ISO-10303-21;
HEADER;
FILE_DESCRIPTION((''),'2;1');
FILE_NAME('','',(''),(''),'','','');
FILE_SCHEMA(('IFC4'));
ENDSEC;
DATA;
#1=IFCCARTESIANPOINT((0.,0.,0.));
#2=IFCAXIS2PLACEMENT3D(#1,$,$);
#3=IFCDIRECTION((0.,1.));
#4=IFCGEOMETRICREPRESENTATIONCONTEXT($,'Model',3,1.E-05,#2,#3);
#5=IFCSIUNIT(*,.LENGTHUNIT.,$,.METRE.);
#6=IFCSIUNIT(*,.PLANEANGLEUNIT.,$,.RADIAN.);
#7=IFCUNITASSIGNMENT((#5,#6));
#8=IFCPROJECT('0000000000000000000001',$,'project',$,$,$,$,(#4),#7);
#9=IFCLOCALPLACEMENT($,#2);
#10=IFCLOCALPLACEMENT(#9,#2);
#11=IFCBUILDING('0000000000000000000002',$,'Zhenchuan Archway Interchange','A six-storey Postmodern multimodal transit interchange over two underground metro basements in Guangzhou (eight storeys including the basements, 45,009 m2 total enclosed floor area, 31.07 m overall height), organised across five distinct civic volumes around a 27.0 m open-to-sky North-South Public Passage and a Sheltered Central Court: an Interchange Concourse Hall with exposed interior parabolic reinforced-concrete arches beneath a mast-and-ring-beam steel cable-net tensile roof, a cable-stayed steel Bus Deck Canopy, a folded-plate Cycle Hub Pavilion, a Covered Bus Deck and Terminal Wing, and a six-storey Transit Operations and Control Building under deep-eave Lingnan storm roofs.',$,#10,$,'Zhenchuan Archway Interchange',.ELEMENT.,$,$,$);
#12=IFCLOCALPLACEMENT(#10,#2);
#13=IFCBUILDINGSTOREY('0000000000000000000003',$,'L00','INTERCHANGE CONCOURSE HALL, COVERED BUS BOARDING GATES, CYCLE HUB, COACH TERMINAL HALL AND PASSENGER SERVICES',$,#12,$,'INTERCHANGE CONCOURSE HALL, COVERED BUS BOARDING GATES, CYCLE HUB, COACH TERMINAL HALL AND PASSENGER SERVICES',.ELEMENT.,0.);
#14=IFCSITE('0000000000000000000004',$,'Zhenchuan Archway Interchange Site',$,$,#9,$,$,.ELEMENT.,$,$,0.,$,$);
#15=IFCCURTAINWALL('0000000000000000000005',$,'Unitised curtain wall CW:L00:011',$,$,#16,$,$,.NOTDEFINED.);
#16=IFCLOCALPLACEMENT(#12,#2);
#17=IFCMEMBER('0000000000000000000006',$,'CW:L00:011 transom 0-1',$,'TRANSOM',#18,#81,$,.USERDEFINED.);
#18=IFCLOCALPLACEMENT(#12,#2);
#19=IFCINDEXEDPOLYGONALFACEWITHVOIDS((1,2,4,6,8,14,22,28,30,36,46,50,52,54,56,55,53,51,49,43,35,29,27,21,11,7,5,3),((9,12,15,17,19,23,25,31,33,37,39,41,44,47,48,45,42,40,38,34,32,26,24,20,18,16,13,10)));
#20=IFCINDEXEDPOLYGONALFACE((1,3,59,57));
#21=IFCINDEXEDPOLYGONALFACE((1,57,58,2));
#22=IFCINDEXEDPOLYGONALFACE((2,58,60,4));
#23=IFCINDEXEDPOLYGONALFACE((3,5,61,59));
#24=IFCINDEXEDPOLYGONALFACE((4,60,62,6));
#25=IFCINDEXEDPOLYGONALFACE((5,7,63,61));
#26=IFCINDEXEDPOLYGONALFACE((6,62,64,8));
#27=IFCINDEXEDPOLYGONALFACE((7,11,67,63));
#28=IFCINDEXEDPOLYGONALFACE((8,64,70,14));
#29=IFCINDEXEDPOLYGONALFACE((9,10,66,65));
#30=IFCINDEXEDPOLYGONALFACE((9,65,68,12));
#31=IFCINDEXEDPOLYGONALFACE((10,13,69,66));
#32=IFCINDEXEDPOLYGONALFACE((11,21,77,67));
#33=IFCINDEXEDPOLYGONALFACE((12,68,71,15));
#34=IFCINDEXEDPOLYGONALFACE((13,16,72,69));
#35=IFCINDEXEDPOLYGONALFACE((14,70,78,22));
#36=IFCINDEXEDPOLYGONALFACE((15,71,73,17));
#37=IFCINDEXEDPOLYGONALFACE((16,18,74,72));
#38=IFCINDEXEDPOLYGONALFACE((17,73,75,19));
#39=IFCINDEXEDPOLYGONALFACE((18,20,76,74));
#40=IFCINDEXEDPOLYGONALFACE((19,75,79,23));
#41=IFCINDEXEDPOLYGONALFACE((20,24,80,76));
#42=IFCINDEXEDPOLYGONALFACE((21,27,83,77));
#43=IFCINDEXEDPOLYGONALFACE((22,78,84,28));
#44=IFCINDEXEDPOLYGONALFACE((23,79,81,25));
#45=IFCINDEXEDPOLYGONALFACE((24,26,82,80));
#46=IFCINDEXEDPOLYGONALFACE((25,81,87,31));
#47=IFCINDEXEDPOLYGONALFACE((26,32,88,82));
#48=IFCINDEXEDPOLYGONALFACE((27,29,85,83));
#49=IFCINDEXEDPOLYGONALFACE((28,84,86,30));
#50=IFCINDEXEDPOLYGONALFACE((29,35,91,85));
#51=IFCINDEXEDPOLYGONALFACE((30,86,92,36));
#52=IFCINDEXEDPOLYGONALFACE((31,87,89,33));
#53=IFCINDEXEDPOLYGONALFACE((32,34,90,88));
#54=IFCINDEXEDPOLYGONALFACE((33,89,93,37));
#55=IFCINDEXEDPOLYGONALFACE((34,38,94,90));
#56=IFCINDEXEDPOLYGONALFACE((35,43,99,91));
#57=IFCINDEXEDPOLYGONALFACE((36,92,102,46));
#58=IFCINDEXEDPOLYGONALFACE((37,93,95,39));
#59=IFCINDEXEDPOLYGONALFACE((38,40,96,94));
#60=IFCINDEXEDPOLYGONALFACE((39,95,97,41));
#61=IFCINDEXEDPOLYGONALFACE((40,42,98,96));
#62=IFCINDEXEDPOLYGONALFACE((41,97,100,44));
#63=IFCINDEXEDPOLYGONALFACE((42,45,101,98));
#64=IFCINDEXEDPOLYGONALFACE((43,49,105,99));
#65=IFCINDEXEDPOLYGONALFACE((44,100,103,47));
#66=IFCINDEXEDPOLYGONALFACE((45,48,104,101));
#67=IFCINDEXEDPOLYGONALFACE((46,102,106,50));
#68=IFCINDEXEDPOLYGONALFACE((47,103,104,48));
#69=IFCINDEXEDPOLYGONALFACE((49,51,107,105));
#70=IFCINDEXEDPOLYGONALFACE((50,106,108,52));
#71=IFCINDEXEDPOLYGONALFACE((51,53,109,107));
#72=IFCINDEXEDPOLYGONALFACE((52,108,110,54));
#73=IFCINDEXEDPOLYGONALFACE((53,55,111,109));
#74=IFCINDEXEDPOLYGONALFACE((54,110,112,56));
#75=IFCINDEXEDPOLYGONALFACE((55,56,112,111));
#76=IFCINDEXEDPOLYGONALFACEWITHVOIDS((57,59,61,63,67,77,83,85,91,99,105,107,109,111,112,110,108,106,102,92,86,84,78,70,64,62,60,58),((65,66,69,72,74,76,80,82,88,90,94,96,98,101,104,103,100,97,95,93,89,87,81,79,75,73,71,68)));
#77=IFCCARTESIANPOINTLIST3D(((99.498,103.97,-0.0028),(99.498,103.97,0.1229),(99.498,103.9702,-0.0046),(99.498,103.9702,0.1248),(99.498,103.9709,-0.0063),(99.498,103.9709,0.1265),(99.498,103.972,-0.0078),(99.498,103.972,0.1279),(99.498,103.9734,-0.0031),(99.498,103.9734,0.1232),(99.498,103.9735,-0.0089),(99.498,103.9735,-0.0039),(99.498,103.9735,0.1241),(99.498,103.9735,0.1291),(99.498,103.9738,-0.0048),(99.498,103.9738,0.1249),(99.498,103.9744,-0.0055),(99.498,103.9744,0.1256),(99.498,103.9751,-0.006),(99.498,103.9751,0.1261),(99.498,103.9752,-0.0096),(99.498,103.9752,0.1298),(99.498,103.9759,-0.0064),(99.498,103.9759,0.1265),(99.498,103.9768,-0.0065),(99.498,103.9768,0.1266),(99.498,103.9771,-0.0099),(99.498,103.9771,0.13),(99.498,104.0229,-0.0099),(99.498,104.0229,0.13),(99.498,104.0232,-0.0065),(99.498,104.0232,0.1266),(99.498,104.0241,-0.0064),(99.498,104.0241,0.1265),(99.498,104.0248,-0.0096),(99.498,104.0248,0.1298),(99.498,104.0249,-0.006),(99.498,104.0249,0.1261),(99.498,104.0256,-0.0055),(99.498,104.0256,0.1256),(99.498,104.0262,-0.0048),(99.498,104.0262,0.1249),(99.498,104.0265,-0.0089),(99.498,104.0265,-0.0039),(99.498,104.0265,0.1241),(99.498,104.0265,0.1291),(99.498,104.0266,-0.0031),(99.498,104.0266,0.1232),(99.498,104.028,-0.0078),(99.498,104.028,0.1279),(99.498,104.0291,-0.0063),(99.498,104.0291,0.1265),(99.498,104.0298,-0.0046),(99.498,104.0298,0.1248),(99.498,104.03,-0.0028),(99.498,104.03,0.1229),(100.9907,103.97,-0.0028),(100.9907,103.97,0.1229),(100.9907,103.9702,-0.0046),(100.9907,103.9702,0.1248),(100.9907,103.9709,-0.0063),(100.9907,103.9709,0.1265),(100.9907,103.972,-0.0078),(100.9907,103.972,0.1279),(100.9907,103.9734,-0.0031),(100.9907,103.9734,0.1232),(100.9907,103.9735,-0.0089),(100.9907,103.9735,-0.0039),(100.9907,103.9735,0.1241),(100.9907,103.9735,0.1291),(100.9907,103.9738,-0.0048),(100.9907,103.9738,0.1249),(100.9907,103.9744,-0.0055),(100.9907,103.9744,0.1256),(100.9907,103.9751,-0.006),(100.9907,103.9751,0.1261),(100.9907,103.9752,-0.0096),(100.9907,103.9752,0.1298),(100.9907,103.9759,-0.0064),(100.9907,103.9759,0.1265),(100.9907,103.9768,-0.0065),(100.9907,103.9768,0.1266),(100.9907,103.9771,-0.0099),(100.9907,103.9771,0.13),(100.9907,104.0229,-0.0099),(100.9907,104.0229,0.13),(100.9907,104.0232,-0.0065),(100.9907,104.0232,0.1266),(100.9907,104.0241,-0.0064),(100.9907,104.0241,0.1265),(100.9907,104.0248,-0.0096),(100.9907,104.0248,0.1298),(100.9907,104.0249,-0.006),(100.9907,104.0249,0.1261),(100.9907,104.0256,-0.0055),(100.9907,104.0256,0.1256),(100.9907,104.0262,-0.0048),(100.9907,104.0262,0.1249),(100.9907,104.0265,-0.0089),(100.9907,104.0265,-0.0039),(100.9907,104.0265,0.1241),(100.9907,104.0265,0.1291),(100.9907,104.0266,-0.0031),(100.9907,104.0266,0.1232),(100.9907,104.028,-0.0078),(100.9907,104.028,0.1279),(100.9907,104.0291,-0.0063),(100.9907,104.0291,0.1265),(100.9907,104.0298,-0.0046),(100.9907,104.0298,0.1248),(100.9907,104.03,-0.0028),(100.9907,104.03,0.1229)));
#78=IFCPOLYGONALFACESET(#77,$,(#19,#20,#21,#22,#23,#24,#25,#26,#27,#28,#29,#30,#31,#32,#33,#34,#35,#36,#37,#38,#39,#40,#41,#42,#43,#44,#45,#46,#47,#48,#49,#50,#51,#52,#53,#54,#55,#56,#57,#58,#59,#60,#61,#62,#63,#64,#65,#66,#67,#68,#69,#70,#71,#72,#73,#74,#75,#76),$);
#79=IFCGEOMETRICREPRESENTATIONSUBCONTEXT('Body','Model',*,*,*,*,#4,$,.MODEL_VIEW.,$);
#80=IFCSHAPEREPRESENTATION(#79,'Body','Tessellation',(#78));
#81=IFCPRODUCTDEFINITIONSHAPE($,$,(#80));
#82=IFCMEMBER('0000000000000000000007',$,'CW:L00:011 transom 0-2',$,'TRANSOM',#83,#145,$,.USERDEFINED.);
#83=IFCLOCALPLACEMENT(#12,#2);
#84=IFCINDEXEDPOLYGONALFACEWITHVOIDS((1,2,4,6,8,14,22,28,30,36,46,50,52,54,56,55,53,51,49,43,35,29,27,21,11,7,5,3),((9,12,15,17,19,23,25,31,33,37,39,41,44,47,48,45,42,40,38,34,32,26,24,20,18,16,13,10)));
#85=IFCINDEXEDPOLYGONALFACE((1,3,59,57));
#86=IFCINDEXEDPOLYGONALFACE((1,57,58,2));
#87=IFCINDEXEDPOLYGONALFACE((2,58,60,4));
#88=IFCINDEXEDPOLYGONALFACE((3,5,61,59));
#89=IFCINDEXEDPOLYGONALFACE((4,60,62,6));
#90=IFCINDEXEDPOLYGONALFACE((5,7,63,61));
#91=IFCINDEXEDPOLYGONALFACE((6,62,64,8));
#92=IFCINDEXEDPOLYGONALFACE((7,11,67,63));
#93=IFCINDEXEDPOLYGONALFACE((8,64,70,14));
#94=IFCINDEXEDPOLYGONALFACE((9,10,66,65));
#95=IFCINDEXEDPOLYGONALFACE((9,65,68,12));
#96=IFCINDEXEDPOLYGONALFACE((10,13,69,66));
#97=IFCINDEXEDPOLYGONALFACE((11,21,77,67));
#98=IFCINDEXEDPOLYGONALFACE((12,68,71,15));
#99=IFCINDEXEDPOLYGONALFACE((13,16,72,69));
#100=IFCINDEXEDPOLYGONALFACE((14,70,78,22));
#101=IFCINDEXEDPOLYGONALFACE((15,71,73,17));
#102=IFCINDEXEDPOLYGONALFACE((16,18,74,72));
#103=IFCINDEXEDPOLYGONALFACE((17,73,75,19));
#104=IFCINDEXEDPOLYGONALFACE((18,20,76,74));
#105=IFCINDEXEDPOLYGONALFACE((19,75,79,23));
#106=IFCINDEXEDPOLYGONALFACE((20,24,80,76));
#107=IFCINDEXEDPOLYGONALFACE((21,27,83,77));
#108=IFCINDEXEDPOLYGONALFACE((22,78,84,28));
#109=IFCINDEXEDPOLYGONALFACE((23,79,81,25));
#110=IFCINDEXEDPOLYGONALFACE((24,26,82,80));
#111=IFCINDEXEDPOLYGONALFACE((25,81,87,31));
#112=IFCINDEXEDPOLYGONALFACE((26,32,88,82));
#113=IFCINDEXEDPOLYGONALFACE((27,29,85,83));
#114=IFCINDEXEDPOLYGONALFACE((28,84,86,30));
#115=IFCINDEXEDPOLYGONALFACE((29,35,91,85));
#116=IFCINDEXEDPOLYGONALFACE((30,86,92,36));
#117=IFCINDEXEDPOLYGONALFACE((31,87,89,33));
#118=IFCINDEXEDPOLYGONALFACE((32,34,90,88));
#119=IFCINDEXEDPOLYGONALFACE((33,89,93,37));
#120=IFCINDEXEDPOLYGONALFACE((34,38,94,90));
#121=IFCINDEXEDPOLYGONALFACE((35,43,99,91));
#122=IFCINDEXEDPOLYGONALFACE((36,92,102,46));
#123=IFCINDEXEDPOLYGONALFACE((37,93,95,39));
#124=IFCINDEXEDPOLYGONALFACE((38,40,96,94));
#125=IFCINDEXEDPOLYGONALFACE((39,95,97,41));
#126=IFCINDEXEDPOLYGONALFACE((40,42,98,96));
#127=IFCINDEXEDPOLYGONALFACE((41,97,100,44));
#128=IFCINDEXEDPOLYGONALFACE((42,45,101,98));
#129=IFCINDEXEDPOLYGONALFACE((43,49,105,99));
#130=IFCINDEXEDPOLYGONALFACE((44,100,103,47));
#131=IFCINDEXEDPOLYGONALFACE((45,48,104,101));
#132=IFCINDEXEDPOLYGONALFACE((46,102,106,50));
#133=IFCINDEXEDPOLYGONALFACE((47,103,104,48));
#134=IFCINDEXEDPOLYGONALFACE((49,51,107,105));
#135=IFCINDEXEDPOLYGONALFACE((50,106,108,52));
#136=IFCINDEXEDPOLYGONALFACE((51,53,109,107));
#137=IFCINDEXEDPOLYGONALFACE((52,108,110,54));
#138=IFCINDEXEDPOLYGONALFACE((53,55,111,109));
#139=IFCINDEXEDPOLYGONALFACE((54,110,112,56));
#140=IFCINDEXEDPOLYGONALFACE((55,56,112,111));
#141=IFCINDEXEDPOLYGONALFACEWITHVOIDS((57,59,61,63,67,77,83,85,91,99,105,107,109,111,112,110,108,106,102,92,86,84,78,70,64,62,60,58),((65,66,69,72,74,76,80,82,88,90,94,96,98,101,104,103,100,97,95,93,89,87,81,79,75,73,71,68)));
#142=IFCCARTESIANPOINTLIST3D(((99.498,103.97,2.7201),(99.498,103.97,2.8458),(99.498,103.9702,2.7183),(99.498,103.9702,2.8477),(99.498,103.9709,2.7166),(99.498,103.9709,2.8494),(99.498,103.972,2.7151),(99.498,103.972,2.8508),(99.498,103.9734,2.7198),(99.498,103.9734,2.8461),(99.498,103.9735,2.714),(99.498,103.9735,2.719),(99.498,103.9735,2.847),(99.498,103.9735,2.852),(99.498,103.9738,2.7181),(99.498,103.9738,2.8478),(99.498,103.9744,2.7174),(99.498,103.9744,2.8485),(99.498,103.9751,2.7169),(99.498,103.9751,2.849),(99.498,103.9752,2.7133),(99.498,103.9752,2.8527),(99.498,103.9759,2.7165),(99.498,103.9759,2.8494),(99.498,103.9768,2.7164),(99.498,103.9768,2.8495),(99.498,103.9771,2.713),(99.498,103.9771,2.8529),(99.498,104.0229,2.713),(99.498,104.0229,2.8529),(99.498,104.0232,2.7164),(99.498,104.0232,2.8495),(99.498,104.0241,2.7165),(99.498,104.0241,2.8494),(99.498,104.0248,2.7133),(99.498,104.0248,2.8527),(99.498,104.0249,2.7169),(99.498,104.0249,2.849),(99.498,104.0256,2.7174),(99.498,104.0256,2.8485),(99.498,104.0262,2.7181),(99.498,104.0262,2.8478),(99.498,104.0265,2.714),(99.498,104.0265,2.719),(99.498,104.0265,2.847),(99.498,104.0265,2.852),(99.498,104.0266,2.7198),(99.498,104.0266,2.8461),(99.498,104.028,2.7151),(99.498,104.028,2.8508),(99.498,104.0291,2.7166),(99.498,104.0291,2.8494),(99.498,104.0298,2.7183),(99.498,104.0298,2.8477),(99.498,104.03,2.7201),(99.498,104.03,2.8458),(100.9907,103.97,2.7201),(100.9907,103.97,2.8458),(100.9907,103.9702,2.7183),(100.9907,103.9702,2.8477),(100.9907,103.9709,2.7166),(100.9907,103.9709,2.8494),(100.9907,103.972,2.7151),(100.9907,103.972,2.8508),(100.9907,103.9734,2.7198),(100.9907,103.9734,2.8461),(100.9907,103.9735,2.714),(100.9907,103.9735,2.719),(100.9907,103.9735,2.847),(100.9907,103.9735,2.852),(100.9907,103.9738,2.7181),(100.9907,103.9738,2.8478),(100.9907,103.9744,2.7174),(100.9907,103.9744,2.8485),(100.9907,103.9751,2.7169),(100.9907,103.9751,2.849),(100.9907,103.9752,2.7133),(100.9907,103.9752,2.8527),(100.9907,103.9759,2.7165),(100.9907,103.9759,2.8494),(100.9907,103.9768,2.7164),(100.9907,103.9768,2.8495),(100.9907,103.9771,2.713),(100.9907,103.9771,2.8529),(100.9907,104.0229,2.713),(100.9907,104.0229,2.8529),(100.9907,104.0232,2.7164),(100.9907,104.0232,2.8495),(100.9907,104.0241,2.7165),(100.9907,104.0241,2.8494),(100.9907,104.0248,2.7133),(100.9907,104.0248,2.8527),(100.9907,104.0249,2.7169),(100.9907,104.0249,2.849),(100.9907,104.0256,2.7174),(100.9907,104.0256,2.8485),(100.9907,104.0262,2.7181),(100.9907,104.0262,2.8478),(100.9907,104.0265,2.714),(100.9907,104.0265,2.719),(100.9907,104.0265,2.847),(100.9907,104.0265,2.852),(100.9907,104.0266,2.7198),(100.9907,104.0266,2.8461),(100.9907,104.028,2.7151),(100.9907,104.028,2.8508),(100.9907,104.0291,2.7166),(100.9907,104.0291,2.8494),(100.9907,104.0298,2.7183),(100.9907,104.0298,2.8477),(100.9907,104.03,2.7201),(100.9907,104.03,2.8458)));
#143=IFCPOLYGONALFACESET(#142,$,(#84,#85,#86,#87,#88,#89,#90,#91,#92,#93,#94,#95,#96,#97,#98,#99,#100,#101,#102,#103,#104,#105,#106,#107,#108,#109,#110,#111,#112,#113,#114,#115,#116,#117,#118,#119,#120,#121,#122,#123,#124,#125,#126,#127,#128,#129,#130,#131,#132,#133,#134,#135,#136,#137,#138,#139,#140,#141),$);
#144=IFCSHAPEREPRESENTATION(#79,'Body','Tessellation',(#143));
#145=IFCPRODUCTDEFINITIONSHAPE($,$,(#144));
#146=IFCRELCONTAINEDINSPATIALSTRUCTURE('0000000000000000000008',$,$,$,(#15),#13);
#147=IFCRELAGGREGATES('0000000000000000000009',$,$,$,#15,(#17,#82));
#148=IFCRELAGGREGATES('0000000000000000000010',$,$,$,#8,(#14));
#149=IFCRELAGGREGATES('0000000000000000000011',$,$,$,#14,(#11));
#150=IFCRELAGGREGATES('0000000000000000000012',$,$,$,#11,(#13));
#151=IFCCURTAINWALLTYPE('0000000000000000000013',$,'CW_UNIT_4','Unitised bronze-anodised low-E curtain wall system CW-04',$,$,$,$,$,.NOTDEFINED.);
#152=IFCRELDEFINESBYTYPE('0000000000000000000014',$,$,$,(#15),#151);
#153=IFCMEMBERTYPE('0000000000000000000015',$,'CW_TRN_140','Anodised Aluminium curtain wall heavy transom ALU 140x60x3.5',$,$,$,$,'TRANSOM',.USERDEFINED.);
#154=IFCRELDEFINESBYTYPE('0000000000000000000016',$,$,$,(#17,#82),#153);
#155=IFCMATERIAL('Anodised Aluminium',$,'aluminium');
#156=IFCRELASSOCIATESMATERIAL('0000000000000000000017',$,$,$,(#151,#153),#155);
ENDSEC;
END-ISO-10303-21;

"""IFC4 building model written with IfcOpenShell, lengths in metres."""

from ifc_helpers import new_model, si_unit, direction, frame, origin, origin_2d, place, context, subcontext, project, spatial, hollow_rectangle, extrude, material, material_profile, profile_set, type_object, element, aggregate, save


model = new_model("IFC4")

# Units and contexts
model_context = context("Model", 3, precision=1e-05, world=origin(), true_north=direction((0.0, 1.0)))
body_context = subcontext(model_context, "Body", "Model", "MODEL_VIEW")
ifc_project = project(units=[si_unit("LENGTHUNIT", "METRE"), si_unit("PLANEANGLEUNIT", "RADIAN")], contexts=[model_context])

# Site, building, storey
site_placement = place(None, origin())
site = spatial("IfcSite", under=ifc_project, at=site_placement, Name="Zhenchuan Archway Interchange Site", CompositionType="ELEMENT", RefElevation=0.0)
building_placement = place(site_placement, origin())
building = spatial("IfcBuilding", under=site, at=building_placement, Name="Zhenchuan Archway Interchange", Description="A six-storey Postmodern multimodal transit interchange over two underground metro basements in Guangzhou (eight storeys including the basements, 45,009 m2 total enclosed floor area, 31.07 m overall height), organised across five distinct civic volumes around a 27.0 m open-to-sky North-South Public Passage and a Sheltered Central Court: an Interchange Concourse Hall with exposed interior parabolic reinforced-concrete arches beneath a mast-and-ring-beam steel cable-net tensile roof, a cable-stayed steel Bus Deck Canopy, a folded-plate Cycle Hub Pavilion, a Covered Bus Deck and Terminal Wing, and a six-storey Transit Operations and Control Building under deep-eave Lingnan storm roofs.", LongName="Zhenchuan Archway Interchange", CompositionType="ELEMENT")
storey_placement = place(building_placement, origin())
storey = spatial("IfcBuildingStorey", under=building, at=storey_placement, Name="L00", Description="INTERCHANGE CONCOURSE HALL, COVERED BUS BOARDING GATES, CYCLE HUB, COACH TERMINAL HALL AND PASSENGER SERVICES", LongName="INTERCHANGE CONCOURSE HALL, COVERED BUS BOARDING GATES, CYCLE HUB, COACH TERMINAL HALL AND PASSENGER SERVICES", CompositionType="ELEMENT", Elevation=0.0)

# Curtain wall, members
ifc_material_1 = material(Name="Anodised Aluminium", Category="aluminium")
curtain_wall_type = type_object("IfcCurtainWallType", Name="CW_UNIT_4", Description="Unitised bronze-anodised low-E curtain wall system CW-04", PredefinedType="NOTDEFINED", material=ifc_material_1)
curtain_wall_placement = place(storey_placement, origin())
curtain_wall = element("IfcCurtainWall", 1, at=curtain_wall_placement, inside=storey, type_object=curtain_wall_type, Name="Unitised curtain wall CW:L00:011", PredefinedType="NOTDEFINED")
ifc_material_profile_1 = material_profile(ifc_material_1, hollow_rectangle(XDim=0.0601, YDim=0.1399, WallThickness=0.0034, InnerFilletRadius=0.0034, OuterFilletRadius=0.0071, at=origin_2d()), Name="ALU 140x60x3.5")
ifc_profile_set_1 = profile_set([ifc_material_profile_1], Name="Anodised Aluminium")
member_type_1 = type_object("IfcMemberType", Name="CW_TRN_140", Description="Anodised Aluminium curtain wall heavy transom ALU 140x60x3.5", ElementType="TRANSOM", PredefinedType="USERDEFINED", material=ifc_profile_set_1)
member_1_placement = place(storey_placement, frame((99.498, 104.0, 0.0601), z_axis=(1.0, 0.0, 0.0), x_axis=(0.0, 1.0, 0.0)))
member_1 = element("IfcMember", 2, at=member_1_placement, type_object=member_type_1, Name="CW:L00:011 transom 0-1", ObjectType="TRANSOM", PredefinedType="USERDEFINED", context=body_context, shape_type="SweptSolid", body=[
    extrude(hollow_rectangle(XDim=0.0601, YDim=0.1399, WallThickness=0.0034, InnerFilletRadius=0.0034, OuterFilletRadius=0.0071, at=origin_2d()), origin(), (0.0, 0.0, 1.0), 1.4927),
])
member_2_placement = place(storey_placement, frame((99.498, 104.0, 2.783), z_axis=(1.0, 0.0, 0.0), x_axis=(0.0, 1.0, 0.0)))
member_2 = element("IfcMember", 3, at=member_2_placement, type_object=member_type_1, Name="CW:L00:011 transom 0-2", ObjectType="TRANSOM", PredefinedType="USERDEFINED", context=body_context, shape_type="SweptSolid", body=[
    extrude(hollow_rectangle(XDim=0.0601, YDim=0.1399, WallThickness=0.0034, InnerFilletRadius=0.0034, OuterFilletRadius=0.0071, at=origin_2d()), origin(), (0.0, 0.0, 1.0), 1.4927),
])

aggregate(curtain_wall, [member_1, member_2])

save(model, "model.ifc")
